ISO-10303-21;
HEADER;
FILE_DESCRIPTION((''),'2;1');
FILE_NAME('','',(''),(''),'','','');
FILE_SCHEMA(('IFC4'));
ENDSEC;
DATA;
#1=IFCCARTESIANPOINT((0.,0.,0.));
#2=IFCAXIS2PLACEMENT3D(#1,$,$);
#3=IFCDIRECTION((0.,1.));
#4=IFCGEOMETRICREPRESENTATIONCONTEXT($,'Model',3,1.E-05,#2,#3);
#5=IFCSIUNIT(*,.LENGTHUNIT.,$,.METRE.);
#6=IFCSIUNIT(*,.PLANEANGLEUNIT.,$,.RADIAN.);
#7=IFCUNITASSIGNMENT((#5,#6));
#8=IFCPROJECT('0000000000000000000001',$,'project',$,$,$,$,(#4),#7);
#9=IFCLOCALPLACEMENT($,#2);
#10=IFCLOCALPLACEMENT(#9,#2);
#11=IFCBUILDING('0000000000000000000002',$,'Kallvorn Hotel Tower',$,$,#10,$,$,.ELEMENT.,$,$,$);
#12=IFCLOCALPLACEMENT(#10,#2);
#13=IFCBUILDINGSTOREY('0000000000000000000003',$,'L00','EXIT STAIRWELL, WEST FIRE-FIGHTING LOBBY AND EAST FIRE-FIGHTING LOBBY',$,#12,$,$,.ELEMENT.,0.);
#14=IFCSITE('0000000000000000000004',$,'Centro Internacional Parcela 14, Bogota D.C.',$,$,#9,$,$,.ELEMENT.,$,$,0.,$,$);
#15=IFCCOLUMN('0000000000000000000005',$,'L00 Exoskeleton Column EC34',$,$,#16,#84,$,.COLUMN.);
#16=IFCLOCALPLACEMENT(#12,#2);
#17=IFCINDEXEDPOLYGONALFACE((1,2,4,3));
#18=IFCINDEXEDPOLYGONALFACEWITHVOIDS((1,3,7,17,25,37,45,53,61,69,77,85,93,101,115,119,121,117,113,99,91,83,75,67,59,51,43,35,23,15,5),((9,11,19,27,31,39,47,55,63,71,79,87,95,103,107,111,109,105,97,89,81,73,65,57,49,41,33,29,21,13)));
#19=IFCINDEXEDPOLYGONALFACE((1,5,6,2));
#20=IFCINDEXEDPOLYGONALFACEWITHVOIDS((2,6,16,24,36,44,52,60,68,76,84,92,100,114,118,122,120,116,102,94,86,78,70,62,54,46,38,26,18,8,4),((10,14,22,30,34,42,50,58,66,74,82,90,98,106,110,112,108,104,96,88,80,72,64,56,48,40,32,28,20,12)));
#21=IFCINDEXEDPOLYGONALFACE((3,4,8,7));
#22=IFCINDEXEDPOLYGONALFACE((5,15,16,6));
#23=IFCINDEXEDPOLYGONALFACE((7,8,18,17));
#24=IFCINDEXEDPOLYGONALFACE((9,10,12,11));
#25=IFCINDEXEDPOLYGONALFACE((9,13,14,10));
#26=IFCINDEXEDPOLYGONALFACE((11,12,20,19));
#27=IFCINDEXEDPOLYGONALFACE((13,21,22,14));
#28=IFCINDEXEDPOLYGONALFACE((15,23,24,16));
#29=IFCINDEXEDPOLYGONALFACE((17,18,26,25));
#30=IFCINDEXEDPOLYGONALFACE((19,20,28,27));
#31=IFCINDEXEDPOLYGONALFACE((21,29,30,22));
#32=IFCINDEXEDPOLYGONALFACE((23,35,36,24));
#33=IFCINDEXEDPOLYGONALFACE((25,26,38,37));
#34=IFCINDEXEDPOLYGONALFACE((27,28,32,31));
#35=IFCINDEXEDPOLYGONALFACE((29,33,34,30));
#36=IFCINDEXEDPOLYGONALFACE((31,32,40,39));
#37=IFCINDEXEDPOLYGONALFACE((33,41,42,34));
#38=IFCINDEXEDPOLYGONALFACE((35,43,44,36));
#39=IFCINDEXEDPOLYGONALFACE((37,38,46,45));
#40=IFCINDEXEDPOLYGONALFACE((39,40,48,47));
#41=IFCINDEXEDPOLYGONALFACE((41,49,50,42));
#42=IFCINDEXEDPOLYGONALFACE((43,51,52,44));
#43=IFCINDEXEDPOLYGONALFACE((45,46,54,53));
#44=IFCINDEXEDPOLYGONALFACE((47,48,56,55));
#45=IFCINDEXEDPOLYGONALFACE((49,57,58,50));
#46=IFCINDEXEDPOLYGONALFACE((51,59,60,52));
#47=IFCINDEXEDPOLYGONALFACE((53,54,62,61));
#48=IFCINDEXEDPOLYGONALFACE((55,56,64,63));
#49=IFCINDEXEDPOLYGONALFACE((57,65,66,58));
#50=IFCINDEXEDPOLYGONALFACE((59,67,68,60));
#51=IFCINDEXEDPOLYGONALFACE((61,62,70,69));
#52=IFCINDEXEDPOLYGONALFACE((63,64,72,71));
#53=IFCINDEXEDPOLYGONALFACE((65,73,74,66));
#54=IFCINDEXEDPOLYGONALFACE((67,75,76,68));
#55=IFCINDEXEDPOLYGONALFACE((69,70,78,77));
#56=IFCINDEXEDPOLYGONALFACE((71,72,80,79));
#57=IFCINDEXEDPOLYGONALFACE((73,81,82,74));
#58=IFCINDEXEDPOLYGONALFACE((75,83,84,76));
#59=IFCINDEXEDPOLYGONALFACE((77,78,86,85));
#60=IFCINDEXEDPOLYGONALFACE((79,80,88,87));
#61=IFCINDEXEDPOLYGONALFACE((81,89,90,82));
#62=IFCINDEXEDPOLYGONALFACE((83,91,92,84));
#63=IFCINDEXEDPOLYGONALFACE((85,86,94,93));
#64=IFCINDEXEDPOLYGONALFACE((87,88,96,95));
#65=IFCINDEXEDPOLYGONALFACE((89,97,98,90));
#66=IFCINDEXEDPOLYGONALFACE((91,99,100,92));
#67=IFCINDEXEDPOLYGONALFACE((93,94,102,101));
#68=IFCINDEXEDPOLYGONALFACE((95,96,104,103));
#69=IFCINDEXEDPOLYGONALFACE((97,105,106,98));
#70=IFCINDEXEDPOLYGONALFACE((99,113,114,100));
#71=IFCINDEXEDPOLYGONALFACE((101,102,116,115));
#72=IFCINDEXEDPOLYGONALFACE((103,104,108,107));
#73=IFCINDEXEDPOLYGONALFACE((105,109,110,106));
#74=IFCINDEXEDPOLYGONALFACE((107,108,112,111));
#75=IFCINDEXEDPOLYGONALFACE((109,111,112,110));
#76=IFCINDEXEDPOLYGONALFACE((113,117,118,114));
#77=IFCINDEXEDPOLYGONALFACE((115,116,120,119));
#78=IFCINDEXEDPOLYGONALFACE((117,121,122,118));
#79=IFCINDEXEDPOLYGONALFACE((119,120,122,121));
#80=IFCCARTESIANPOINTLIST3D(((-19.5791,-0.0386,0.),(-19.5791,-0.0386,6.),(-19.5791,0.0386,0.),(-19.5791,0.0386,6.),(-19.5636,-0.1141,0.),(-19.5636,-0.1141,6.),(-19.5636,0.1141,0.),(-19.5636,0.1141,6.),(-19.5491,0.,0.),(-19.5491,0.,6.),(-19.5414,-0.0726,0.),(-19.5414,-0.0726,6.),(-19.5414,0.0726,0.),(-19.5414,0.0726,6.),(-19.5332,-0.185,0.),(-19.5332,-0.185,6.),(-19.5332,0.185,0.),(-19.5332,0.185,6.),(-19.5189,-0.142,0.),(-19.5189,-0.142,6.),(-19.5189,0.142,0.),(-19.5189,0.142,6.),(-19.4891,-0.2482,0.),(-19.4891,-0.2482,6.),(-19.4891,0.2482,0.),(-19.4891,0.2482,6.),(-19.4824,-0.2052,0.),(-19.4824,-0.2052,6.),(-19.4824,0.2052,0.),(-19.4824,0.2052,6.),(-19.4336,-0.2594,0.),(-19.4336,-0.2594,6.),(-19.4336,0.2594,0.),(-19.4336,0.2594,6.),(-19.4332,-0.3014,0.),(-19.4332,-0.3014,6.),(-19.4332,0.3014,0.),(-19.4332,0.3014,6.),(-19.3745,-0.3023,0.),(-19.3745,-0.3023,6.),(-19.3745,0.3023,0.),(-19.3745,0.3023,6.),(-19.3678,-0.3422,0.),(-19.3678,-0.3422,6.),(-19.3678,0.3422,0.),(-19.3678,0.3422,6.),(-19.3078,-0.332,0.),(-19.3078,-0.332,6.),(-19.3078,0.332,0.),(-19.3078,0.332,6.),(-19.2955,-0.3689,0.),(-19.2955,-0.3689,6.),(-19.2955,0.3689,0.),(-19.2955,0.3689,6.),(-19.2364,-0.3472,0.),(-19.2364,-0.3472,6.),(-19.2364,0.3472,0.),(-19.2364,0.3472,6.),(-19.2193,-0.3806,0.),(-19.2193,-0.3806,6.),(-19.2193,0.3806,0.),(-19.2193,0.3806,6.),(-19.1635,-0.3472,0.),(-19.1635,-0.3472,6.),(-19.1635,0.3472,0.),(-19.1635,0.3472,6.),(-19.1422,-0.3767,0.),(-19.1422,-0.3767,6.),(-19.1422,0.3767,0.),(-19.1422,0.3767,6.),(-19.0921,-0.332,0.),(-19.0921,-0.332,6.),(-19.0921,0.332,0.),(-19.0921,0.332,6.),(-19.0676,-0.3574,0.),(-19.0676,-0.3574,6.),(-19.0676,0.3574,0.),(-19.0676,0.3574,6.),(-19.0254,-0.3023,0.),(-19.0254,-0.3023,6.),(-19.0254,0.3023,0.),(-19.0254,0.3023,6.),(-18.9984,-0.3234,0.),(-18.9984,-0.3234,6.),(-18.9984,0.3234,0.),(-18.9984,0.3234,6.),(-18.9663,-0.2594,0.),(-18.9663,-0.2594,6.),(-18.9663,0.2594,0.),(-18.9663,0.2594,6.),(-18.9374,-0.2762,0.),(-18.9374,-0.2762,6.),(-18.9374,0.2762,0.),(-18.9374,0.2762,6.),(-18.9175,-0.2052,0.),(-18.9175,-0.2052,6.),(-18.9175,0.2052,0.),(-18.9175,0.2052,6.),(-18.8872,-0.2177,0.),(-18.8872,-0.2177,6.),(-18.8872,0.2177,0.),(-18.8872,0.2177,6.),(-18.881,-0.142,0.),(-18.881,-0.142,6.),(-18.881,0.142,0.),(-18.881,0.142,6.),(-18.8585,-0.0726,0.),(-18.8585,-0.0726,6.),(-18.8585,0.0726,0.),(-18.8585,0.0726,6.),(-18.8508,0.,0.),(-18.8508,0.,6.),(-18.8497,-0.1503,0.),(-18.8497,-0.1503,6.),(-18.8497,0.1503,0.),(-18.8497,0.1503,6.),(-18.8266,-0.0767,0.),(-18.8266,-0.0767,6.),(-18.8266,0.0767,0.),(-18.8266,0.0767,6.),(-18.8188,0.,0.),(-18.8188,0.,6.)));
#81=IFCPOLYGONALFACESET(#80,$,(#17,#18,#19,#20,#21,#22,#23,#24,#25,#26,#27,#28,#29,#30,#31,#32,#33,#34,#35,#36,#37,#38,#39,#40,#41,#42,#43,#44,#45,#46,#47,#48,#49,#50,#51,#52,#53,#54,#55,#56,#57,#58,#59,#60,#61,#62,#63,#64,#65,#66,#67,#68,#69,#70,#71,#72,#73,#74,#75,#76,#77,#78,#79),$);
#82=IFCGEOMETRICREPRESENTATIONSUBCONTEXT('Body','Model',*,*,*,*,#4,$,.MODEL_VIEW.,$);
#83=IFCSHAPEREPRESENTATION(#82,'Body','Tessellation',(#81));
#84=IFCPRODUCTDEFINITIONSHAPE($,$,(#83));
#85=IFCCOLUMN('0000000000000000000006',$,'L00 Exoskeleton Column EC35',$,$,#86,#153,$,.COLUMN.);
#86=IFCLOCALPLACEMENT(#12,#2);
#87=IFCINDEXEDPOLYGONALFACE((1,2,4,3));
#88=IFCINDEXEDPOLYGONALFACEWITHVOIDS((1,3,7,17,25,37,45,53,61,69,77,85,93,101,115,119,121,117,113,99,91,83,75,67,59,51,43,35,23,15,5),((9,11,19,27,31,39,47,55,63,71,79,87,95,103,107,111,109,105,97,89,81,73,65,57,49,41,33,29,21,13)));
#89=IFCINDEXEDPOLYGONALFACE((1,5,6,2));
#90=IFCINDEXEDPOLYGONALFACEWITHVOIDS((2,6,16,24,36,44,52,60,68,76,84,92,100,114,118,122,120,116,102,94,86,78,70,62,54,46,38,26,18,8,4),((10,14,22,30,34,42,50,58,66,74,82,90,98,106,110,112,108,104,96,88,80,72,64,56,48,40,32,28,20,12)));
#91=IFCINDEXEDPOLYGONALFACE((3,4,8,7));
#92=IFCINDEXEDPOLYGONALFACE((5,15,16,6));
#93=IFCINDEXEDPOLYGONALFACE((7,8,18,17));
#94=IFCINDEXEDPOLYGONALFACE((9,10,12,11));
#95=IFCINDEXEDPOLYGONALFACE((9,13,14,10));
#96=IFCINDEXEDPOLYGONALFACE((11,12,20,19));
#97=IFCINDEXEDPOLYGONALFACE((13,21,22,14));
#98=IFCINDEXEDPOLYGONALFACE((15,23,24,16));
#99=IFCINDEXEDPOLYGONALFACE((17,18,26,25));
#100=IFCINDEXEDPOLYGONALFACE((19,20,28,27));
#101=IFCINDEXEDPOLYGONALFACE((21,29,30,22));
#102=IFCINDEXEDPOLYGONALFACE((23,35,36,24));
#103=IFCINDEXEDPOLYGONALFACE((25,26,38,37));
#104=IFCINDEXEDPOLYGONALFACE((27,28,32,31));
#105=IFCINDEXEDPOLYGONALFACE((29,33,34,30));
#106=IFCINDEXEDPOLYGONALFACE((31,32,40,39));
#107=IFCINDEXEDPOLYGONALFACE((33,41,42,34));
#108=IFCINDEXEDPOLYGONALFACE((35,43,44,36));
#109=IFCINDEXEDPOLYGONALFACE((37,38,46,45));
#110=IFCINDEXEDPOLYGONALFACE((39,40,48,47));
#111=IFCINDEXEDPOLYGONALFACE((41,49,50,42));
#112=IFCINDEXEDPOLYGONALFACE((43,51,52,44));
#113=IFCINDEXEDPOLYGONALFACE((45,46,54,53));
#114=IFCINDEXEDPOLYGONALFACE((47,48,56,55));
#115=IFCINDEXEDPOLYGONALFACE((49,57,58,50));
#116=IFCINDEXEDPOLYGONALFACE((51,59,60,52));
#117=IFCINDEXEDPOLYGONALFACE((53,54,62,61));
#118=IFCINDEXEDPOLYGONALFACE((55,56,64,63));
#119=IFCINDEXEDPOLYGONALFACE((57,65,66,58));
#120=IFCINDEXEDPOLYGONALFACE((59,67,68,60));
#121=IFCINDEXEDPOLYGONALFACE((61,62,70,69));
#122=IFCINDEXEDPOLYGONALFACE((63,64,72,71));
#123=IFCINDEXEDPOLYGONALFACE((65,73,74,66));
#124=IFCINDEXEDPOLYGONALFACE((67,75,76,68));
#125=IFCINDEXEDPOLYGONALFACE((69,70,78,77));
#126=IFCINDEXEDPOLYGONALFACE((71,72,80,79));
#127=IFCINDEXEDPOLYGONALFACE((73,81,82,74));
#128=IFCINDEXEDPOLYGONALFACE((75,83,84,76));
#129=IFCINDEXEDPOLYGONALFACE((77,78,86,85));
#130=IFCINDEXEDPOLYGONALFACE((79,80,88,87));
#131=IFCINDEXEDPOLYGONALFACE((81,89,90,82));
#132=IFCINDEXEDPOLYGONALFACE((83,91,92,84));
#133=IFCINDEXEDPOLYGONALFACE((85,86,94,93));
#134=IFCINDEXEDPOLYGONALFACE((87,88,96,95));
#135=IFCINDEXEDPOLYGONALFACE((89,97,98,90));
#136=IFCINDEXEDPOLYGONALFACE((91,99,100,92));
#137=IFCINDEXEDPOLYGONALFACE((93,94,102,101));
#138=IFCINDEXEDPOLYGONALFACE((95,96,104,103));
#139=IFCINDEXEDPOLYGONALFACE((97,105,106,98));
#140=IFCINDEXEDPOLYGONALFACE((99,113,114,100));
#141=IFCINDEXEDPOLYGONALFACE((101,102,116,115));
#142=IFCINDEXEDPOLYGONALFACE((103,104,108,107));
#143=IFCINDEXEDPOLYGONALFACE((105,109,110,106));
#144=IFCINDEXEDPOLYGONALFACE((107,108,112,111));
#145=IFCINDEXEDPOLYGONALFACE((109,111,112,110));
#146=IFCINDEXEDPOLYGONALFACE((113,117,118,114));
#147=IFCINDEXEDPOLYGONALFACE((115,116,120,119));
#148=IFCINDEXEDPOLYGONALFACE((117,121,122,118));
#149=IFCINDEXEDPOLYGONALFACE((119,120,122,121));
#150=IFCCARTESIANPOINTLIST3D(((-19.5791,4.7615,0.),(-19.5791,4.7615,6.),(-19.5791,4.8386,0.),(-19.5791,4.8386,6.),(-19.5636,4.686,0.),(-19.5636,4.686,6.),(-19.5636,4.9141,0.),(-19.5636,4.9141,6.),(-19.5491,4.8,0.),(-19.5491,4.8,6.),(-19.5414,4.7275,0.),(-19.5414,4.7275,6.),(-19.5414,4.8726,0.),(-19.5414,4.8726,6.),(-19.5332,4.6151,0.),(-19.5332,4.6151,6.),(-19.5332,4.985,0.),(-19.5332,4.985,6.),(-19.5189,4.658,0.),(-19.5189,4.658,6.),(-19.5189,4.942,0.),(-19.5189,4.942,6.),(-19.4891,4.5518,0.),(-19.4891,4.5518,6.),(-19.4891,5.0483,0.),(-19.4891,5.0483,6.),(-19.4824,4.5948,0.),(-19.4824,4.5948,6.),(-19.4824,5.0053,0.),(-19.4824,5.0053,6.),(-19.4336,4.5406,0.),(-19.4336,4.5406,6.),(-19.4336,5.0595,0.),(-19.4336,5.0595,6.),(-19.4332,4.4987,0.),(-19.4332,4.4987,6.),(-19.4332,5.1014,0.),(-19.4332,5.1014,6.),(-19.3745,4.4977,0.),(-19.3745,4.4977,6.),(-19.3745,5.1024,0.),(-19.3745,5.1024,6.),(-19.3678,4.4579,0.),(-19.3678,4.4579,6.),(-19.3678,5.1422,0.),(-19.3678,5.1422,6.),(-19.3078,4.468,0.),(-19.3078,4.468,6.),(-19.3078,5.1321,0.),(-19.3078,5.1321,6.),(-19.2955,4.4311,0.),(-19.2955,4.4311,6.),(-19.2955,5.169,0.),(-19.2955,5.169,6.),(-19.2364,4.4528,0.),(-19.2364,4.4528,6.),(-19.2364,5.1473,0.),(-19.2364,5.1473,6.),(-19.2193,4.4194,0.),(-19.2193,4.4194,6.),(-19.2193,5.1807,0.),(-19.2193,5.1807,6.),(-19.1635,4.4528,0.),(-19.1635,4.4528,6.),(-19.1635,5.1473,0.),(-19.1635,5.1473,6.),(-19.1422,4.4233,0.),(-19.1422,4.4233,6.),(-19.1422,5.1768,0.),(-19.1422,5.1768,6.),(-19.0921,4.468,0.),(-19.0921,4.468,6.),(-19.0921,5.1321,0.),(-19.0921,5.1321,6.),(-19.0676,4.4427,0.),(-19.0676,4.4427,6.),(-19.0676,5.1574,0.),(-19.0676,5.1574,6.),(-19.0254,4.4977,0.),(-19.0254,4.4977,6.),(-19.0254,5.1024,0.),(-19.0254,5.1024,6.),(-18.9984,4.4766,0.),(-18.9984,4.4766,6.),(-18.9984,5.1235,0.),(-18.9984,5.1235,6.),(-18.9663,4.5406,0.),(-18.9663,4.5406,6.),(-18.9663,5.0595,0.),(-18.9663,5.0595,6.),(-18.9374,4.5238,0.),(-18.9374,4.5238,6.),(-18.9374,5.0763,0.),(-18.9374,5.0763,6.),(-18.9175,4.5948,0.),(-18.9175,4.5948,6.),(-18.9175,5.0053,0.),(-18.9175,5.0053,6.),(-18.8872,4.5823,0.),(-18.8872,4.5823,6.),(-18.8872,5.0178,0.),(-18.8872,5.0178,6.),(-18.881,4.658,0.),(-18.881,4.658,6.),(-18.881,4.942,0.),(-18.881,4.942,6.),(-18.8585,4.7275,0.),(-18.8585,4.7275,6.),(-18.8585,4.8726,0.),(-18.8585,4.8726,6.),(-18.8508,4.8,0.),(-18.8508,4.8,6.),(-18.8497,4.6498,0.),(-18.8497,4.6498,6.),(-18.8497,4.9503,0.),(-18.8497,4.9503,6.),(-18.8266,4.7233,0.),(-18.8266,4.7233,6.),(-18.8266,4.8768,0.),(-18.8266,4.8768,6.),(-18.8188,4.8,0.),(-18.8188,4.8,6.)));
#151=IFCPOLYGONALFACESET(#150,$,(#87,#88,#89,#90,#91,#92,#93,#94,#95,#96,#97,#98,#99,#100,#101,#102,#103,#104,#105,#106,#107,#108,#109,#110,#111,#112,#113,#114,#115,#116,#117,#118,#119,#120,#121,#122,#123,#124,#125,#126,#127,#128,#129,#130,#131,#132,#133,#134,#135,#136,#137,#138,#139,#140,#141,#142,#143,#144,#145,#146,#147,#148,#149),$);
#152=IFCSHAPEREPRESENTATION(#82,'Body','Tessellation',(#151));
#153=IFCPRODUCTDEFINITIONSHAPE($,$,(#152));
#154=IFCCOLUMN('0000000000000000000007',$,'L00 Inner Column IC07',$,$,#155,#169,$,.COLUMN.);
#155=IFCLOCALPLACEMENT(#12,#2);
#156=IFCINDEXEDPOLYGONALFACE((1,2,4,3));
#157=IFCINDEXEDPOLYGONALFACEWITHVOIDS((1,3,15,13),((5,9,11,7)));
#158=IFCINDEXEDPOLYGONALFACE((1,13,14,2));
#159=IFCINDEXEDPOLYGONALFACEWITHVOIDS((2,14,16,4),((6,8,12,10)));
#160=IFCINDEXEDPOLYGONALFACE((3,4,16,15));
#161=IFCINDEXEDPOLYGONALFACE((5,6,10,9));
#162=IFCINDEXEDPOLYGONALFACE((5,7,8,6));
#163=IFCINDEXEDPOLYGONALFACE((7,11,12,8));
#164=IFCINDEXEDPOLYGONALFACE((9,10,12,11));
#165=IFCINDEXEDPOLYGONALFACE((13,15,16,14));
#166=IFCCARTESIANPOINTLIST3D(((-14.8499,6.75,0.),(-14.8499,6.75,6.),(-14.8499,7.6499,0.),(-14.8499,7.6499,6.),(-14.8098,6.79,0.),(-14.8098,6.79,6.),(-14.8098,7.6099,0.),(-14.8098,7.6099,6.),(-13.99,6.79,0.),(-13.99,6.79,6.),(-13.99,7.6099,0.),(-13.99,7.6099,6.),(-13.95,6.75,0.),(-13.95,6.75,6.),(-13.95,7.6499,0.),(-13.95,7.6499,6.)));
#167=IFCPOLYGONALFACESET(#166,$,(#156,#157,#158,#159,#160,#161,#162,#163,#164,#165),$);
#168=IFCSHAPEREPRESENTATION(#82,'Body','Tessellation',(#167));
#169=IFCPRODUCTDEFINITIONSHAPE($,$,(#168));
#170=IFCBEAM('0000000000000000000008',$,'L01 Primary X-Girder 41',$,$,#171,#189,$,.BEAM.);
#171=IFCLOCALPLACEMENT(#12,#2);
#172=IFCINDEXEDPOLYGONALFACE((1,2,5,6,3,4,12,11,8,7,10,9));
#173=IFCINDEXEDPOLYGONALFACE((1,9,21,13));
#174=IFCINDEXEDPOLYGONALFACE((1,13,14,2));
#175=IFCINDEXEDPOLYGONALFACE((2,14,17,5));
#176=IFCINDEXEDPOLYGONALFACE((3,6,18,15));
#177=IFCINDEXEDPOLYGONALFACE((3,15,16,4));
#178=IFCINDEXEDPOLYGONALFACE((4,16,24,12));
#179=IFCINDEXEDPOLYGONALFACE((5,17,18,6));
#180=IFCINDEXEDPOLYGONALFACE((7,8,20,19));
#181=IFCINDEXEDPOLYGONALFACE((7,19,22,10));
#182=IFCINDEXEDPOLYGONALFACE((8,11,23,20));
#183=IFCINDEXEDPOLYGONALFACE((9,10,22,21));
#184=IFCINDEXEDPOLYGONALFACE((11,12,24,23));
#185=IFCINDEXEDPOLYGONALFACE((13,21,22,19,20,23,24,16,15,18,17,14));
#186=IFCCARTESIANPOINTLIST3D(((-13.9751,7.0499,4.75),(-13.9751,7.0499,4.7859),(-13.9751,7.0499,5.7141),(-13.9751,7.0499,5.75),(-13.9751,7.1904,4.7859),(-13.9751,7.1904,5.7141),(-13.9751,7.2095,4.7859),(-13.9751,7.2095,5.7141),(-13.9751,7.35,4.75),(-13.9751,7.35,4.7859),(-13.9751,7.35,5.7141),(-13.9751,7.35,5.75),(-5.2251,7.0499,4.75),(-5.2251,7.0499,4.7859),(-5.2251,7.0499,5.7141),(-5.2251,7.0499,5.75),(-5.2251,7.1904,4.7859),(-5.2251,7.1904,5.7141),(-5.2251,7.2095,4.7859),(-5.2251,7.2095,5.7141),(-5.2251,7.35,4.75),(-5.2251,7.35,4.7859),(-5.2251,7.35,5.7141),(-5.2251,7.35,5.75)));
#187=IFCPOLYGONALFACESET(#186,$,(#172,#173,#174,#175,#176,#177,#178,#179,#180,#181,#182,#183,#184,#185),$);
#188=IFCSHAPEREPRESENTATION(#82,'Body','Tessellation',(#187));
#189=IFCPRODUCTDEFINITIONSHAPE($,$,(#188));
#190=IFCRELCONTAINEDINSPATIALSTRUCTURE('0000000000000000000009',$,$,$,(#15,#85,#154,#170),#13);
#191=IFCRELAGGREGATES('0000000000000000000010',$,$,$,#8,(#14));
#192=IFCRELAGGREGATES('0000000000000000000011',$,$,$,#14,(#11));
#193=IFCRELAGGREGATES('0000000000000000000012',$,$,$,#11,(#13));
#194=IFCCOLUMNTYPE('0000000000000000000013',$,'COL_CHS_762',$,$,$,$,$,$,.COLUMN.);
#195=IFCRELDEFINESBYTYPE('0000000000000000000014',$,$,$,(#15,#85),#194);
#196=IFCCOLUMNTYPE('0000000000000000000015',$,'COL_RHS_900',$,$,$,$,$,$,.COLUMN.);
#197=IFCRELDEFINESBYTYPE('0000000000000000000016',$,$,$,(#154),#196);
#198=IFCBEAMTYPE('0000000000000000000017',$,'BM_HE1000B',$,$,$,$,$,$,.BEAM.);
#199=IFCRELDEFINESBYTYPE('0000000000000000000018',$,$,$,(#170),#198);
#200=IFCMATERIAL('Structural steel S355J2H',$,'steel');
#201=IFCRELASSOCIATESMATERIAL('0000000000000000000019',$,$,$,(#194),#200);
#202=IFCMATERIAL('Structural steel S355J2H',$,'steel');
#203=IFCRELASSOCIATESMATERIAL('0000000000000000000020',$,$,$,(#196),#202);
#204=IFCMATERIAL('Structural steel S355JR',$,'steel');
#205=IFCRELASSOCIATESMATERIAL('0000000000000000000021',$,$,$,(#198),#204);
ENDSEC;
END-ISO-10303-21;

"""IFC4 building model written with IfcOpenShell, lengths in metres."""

from ifc_helpers import new_model, si_unit, direction, frame, origin, origin_2d, place, context, subcontext, project, spatial, hollow_rectangle, hollow_circle, i_section, extrude, material, material_profile, profile_set, type_object, element, save


model = new_model("IFC4")

# Units and contexts
model_context = context("Model", 3, precision=1e-05, world=origin(), true_north=direction((0.0, 1.0)))
body_context = subcontext(model_context, "Body", "Model", "MODEL_VIEW")
ifc_project = project(units=[si_unit("LENGTHUNIT", "METRE"), si_unit("PLANEANGLEUNIT", "RADIAN")], contexts=[model_context])

# Site, building, storey
site_placement = place(None, origin())
site = spatial("IfcSite", under=ifc_project, at=site_placement, Name="Centro Internacional Parcela 14, Bogota D.C.", CompositionType="ELEMENT", RefElevation=0.0)
building_placement = place(site_placement, origin())
building = spatial("IfcBuilding", under=site, at=building_placement, Name="Kallvorn Hotel Tower", CompositionType="ELEMENT")
storey_placement = place(building_placement, origin())
storey = spatial("IfcBuildingStorey", under=building, at=storey_placement, Name="L00", Description="EXIT STAIRWELL, WEST FIRE-FIGHTING LOBBY AND EAST FIRE-FIGHTING LOBBY", CompositionType="ELEMENT", Elevation=0.0)

# Columns
ifc_material_1 = material(Name="Structural steel S355J2H", Category="steel")
ifc_material_profile_1 = material_profile(ifc_material_1, hollow_circle(Radius=0.3811, WallThickness=0.032, at=origin_2d()), Name="CHS 762x32")
ifc_profile_set_1 = profile_set([ifc_material_profile_1], Name="Structural steel S355J2H")
column_type_1 = type_object("IfcColumnType", Name="COL_CHS_762", PredefinedType="COLUMN", material=ifc_profile_set_1)
for number, where, z_axis, x_axis, name in (
    (1, (-19.2, 0.0, 0.0), (0.0, 0.0, 1.0), (1.0, 0.0, 0.0), "L00 Exoskeleton Column EC34"),
    (2, (-19.2, 4.8, 0.0), (0.0, 0.0, 1.0), (1.0, 0.0, 0.0), "L00 Exoskeleton Column EC35"),
):
    element("IfcColumn", number, at=place(storey_placement, frame(where, z_axis=z_axis, x_axis=x_axis)), inside=storey, type_object=column_type_1, Name=name, PredefinedType="COLUMN", context=body_context, shape_type="SweptSolid", body=[
        extrude(hollow_circle(Radius=0.3811, WallThickness=0.032, at=origin_2d()), origin(), (0.0, 0.0, 1.0), 6.0),
    ])
ifc_material_2 = material(Name="Structural steel S355J2H", Category="steel")
ifc_material_profile_2 = material_profile(ifc_material_2, hollow_rectangle(XDim=0.8999, YDim=0.8999, WallThickness=0.04, at=origin_2d()), Name="RHS 900x900x40")
ifc_profile_set_2 = profile_set([ifc_material_profile_2], Name="Structural steel S355J2H")
column_type_2 = type_object("IfcColumnType", Name="COL_RHS_900", PredefinedType="COLUMN", material=ifc_profile_set_2)
column_placement = place(storey_placement, frame((-14.3999, 7.2, 0.0), z_axis=(0.0, 0.0, 1.0), x_axis=(1.0, 0.0, 0.0)))
element("IfcColumn", 3, at=column_placement, inside=storey, type_object=column_type_2, Name="L00 Inner Column IC07", PredefinedType="COLUMN", context=body_context, shape_type="SweptSolid", body=[
    extrude(hollow_rectangle(XDim=0.8999, YDim=0.8999, WallThickness=0.04, at=origin_2d()), origin(), (0.0, 0.0, 1.0), 6.0),
])

# Beam
ifc_material_3 = material(Name="Structural steel S355JR", Category="steel")
ifc_material_profile_3 = material_profile(ifc_material_3, i_section(OverallWidth=0.3, OverallDepth=1.0, WebThickness=0.019, FlangeThickness=0.0359, at=origin_2d()), Name="HE 1000 B")
ifc_profile_set_3 = profile_set([ifc_material_profile_3], Name="Structural steel S355JR")
beam_type_1 = type_object("IfcBeamType", Name="BM_HE1000B", PredefinedType="BEAM", material=ifc_profile_set_3)
beam_1_placement = place(storey_placement, frame((-13.9751, 7.2, 5.25), z_axis=(1.0, 0.0, 0.0), x_axis=(0.0, 1.0, 0.0)))
element("IfcBeam", 4, at=beam_1_placement, inside=storey, type_object=beam_type_1, Name="L01 Primary X-Girder 41", PredefinedType="BEAM", context=body_context, shape_type="SweptSolid", body=[
    extrude(i_section(OverallWidth=0.3, OverallDepth=1.0, WebThickness=0.019, FlangeThickness=0.0359, at=origin_2d()), origin(), (0.0, 0.0, 1.0), 8.75),
])

save(model, "model.ifc")
